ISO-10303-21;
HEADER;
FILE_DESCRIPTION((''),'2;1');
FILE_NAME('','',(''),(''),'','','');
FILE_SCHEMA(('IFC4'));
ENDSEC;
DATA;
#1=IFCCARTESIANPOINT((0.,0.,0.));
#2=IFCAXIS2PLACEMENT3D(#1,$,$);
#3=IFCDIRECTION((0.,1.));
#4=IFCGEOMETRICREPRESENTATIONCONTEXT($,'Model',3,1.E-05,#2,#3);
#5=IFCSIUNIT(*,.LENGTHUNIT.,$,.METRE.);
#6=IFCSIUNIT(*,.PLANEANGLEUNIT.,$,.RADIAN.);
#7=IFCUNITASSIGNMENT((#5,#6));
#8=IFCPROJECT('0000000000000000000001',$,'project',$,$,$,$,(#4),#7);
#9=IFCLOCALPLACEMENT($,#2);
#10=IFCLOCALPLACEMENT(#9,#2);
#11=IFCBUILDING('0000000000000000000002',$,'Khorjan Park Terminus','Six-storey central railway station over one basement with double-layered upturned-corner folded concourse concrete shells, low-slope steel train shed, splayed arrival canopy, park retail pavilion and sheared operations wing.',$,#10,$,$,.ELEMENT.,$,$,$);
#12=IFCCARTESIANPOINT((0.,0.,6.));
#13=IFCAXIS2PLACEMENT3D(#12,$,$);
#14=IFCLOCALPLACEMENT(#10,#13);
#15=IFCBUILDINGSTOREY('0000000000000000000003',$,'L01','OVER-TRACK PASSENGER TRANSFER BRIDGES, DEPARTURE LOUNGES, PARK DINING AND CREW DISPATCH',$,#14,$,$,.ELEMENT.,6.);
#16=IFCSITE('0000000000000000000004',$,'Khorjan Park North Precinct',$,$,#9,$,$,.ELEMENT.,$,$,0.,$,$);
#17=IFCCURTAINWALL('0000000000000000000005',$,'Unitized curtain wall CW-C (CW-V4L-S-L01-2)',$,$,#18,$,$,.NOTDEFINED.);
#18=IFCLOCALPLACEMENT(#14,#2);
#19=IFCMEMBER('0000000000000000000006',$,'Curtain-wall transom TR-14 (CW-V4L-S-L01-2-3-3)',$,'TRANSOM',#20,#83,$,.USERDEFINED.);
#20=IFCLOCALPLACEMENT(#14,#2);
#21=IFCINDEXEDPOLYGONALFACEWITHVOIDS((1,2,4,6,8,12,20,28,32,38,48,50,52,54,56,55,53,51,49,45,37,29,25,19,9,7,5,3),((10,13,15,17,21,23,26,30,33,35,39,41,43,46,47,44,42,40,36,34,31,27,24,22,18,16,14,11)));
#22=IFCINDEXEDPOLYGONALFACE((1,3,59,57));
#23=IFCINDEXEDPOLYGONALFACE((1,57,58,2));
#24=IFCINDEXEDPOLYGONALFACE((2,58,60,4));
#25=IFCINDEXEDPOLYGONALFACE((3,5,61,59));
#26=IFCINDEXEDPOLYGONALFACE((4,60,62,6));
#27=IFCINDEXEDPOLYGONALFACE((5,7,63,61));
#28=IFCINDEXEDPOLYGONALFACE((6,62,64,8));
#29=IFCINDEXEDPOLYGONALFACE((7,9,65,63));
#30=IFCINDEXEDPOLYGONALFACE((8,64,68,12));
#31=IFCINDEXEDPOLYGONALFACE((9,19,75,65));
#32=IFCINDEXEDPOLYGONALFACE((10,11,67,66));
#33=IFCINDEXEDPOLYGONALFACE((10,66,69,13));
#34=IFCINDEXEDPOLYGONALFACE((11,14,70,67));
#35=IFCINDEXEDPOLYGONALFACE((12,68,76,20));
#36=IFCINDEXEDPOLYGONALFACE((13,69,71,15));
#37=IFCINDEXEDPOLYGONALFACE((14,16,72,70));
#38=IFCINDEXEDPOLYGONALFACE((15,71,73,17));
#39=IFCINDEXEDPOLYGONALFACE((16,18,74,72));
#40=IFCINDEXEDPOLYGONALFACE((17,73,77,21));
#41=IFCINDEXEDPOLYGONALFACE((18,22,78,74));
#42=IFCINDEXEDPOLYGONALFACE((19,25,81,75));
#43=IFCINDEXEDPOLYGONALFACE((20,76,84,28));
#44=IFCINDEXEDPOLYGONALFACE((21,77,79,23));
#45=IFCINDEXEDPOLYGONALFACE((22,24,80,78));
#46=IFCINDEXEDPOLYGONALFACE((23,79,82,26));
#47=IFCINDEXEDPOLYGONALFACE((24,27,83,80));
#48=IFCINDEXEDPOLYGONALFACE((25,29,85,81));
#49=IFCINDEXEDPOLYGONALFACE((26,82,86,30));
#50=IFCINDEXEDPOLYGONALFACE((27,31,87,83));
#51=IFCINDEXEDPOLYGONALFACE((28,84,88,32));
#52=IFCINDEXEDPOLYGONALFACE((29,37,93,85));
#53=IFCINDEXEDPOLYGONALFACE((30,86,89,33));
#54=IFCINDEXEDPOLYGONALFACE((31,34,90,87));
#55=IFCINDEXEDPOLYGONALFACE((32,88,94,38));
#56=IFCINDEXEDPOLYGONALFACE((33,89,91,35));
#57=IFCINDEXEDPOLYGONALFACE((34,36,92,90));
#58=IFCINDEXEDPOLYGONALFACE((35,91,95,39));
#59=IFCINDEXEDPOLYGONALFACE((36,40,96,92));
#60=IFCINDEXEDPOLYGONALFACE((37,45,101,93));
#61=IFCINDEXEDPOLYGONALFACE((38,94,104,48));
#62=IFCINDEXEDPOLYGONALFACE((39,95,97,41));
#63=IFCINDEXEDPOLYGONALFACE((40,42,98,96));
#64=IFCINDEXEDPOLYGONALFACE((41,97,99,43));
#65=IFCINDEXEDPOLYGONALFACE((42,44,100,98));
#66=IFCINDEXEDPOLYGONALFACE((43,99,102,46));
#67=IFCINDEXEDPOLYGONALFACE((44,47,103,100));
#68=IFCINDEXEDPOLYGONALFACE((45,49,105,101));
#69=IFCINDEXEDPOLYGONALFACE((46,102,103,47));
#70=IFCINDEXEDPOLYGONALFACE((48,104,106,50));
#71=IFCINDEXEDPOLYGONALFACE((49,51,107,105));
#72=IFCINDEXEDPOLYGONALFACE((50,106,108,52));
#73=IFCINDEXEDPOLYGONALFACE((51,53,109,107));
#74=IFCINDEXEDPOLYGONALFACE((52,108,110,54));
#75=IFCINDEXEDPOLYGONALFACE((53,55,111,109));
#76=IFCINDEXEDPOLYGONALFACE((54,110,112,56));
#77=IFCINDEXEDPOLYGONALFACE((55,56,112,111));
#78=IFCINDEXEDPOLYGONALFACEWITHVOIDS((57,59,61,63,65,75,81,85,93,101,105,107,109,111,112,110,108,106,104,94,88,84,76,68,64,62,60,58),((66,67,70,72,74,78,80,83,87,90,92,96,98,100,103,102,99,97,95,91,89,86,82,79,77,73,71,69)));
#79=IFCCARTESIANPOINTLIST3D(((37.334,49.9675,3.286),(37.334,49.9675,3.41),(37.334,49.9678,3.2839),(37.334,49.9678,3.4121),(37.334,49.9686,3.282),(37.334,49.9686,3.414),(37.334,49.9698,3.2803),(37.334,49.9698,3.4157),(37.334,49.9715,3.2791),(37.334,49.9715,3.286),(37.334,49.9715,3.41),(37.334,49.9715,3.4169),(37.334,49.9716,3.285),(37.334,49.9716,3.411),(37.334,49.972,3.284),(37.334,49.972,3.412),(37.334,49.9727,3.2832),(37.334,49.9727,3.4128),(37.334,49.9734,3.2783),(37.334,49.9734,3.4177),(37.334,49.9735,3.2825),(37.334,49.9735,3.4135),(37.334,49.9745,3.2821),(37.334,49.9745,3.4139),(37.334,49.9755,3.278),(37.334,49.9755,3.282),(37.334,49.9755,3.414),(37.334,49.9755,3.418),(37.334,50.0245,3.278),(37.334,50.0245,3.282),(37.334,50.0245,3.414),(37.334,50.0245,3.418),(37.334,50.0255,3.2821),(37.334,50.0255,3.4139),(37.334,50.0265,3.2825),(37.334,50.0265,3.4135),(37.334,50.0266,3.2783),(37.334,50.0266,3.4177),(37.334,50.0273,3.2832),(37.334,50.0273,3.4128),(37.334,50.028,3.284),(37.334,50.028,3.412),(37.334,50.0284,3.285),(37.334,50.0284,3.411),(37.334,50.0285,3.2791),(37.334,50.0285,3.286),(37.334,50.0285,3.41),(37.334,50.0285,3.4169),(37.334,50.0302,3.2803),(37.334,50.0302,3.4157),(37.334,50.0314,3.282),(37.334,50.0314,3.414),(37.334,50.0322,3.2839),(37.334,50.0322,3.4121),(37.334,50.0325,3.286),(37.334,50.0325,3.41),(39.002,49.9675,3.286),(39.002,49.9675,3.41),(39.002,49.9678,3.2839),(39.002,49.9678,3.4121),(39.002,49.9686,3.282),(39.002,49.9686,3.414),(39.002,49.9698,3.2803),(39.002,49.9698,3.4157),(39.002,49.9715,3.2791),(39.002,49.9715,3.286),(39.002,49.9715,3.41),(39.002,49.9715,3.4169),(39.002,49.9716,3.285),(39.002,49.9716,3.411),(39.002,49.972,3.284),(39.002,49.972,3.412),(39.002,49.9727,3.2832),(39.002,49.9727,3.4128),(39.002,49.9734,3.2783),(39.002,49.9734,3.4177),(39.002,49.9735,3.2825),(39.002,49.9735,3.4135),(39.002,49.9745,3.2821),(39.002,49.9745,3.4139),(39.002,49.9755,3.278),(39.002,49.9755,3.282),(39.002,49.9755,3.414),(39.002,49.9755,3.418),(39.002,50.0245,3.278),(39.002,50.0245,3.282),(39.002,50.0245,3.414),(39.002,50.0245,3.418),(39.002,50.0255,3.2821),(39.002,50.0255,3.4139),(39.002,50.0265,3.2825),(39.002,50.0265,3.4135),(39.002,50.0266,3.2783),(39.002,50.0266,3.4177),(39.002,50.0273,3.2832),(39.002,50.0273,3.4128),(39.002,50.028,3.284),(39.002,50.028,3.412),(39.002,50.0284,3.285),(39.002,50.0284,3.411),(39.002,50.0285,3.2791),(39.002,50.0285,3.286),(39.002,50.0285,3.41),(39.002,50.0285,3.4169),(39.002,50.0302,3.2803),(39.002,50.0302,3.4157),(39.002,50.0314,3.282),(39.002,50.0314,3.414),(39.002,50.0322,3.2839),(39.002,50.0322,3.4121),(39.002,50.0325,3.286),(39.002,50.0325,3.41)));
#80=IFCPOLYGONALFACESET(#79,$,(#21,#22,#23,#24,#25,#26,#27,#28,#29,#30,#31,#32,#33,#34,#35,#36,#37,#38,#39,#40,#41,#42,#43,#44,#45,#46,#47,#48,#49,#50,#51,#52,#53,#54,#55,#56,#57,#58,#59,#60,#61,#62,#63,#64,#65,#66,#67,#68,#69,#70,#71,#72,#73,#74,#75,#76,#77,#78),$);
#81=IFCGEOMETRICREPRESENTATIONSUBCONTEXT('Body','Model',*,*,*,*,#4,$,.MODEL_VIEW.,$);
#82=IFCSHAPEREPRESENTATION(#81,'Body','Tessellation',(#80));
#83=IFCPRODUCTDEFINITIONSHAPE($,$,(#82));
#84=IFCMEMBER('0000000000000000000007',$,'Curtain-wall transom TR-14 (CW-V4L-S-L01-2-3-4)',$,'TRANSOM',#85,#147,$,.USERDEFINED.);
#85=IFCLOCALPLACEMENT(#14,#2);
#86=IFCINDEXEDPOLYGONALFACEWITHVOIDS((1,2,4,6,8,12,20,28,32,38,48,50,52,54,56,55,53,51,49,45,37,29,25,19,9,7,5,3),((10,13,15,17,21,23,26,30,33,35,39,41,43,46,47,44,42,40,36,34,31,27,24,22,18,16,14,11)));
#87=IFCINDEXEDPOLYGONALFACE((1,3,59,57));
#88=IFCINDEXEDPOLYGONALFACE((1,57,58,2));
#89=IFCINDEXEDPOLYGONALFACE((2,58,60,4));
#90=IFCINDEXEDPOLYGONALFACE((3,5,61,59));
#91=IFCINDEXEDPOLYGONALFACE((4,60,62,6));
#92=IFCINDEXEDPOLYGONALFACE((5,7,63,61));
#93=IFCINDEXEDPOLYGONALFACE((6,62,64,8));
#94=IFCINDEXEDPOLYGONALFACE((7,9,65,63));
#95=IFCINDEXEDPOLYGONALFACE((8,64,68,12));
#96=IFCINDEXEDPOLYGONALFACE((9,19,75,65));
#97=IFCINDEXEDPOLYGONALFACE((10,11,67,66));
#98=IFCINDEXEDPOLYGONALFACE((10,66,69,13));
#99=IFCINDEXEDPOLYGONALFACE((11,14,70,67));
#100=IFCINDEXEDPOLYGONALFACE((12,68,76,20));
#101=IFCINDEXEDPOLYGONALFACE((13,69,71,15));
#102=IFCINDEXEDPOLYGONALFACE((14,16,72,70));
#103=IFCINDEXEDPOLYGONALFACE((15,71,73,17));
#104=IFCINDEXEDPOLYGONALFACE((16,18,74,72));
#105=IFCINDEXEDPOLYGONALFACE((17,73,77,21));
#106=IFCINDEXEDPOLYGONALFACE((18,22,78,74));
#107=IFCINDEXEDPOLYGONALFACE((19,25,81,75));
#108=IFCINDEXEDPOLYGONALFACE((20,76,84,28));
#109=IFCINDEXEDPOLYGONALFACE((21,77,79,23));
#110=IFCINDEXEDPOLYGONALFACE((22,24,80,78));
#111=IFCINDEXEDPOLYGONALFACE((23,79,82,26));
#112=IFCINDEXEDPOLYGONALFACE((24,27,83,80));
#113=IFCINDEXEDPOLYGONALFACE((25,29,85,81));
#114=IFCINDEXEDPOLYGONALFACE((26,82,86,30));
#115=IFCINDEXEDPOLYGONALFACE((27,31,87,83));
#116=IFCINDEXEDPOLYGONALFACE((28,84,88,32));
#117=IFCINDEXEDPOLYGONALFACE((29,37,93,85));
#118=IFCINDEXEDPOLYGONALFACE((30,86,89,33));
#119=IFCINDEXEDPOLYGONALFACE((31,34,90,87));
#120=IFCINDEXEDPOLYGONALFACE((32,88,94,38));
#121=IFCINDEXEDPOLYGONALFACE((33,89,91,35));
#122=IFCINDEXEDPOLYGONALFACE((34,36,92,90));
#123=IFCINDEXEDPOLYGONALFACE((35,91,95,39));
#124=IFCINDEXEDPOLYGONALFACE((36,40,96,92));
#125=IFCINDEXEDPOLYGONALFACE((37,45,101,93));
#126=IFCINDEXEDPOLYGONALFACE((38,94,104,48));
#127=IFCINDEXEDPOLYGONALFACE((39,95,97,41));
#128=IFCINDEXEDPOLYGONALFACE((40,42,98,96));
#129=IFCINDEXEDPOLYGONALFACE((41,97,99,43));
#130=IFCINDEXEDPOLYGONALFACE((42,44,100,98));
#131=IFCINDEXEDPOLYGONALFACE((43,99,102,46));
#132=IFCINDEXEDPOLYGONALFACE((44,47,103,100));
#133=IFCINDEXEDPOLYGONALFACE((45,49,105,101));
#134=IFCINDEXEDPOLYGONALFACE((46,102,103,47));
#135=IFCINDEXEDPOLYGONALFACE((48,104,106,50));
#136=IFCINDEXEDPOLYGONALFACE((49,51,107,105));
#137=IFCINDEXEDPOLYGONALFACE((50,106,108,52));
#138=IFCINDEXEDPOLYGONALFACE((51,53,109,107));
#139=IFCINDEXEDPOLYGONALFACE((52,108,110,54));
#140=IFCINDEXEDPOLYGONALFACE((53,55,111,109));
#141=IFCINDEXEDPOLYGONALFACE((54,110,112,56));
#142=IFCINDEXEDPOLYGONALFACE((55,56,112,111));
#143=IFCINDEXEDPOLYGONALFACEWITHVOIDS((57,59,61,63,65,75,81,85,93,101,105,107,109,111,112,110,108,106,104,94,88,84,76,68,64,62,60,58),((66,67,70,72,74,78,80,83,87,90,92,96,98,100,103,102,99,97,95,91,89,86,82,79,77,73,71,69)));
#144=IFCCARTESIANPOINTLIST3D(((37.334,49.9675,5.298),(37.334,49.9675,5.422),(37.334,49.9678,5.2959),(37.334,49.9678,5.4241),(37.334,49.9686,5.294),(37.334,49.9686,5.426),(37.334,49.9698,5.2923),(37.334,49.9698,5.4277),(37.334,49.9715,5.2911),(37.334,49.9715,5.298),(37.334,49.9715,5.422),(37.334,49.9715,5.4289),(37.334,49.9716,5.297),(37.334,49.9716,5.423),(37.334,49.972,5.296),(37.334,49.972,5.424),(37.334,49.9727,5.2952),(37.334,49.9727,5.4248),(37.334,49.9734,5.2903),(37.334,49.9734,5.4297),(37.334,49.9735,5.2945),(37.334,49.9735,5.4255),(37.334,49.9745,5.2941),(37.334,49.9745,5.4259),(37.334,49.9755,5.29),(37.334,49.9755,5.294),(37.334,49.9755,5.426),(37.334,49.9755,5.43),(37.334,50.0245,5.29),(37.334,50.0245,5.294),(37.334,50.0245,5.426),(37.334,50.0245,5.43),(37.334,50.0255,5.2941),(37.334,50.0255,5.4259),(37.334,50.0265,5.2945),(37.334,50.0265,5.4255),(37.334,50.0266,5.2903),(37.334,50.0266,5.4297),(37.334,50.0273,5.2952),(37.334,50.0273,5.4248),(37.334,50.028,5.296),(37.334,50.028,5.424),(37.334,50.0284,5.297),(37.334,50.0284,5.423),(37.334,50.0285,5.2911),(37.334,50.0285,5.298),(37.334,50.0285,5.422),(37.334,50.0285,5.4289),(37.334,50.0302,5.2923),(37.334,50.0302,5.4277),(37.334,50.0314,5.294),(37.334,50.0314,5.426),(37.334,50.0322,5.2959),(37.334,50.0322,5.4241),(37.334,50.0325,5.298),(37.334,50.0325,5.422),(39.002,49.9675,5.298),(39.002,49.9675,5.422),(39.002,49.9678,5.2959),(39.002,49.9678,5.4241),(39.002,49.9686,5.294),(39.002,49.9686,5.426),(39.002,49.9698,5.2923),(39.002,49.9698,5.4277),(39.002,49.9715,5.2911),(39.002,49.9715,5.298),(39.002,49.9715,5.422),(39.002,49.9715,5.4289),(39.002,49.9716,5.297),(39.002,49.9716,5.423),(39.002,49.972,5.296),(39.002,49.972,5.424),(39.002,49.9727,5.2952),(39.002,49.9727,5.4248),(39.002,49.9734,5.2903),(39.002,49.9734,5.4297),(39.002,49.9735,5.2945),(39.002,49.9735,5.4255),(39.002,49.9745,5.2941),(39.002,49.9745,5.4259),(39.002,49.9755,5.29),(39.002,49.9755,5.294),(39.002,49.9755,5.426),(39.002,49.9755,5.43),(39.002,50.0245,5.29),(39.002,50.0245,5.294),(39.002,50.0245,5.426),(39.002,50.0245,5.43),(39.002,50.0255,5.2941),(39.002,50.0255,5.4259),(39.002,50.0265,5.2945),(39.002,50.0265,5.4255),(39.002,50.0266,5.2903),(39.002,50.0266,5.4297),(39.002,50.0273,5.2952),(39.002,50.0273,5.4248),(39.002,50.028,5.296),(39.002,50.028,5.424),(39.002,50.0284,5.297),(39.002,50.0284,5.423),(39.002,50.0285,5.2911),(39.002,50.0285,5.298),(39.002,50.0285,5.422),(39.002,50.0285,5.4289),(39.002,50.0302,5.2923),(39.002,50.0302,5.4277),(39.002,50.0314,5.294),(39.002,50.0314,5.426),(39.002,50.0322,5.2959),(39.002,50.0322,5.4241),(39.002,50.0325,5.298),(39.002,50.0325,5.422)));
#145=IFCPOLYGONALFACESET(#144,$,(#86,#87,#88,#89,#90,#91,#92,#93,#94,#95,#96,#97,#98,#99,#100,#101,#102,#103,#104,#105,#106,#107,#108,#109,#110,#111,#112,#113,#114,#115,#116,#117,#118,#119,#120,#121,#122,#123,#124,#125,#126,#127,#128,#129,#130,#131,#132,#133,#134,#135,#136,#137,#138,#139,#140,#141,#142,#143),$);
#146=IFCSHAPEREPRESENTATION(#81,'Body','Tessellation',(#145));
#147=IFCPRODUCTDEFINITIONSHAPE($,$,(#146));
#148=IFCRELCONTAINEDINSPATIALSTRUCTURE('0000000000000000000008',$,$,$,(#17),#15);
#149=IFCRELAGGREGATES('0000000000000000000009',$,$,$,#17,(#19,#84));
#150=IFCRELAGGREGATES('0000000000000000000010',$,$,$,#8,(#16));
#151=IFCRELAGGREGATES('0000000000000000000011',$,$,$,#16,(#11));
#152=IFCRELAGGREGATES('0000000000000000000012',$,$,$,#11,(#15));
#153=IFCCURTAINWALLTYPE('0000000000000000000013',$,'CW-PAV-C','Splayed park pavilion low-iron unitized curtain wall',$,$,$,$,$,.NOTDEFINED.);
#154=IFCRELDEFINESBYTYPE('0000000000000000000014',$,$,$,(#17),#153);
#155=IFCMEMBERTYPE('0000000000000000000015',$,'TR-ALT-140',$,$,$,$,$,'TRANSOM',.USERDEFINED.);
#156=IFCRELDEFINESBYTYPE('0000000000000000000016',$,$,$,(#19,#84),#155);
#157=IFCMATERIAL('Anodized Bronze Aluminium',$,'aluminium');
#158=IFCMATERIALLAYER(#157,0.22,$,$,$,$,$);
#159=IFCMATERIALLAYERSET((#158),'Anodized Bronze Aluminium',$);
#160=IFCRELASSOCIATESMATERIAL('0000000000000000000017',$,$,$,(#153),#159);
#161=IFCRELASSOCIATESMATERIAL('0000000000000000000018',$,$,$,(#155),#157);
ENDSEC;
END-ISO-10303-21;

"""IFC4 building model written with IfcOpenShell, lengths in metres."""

from ifc_helpers import new_model, si_unit, direction, frame, origin, origin_2d, place, context, subcontext, project, spatial, hollow_rectangle, extrude, material, layer, layer_set, material_profile, profile_set, type_object, element, aggregate, save


model = new_model("IFC4")

# Units and contexts
model_context = context("Model", 3, precision=1e-05, world=origin(), true_north=direction((0.0, 1.0)))
body_context = subcontext(model_context, "Body", "Model", "MODEL_VIEW")
ifc_project = project(units=[si_unit("LENGTHUNIT", "METRE"), si_unit("PLANEANGLEUNIT", "RADIAN")], contexts=[model_context])

# Site, building, storey
site_placement = place(None, origin())
site = spatial("IfcSite", under=ifc_project, at=site_placement, Name="Khorjan Park North Precinct", CompositionType="ELEMENT", RefElevation=0.0)
building_placement = place(site_placement, origin())
building = spatial("IfcBuilding", under=site, at=building_placement, Name="Khorjan Park Terminus", Description="Six-storey central railway station over one basement with double-layered upturned-corner folded concourse concrete shells, low-slope steel train shed, splayed arrival canopy, park retail pavilion and sheared operations wing.", CompositionType="ELEMENT")
storey_placement = place(building_placement, frame((0.0, 0.0, 6.0)))
storey = spatial("IfcBuildingStorey", under=building, at=storey_placement, Name="L01", Description="OVER-TRACK PASSENGER TRANSFER BRIDGES, DEPARTURE LOUNGES, PARK DINING AND CREW DISPATCH", CompositionType="ELEMENT", Elevation=6.0)

# Curtain wall, members
ifc_material_1 = material(Name="Anodized Bronze Aluminium", Category="aluminium")
ifc_layer_1 = layer(ifc_material_1, 0.22)
ifc_layer_set_1 = layer_set([ifc_layer_1], Name="Anodized Bronze Aluminium")
curtain_wall_type = type_object("IfcCurtainWallType", Name="CW-PAV-C", Description="Splayed park pavilion low-iron unitized curtain wall", PredefinedType="NOTDEFINED", material=ifc_layer_set_1)
curtain_wall_placement = place(storey_placement, origin())
curtain_wall = element("IfcCurtainWall", 1, at=curtain_wall_placement, inside=storey, type_object=curtain_wall_type, Name="Unitized curtain wall CW-C (CW-V4L-S-L01-2)", PredefinedType="NOTDEFINED")
ifc_material_profile_1 = material_profile(ifc_material_1, hollow_rectangle(XDim=0.065, YDim=0.14, WallThickness=0.004, InnerFilletRadius=0.004, OuterFilletRadius=0.008, at=origin_2d()), Name="ALT 65x140x4")
ifc_profile_set_1 = profile_set([ifc_material_profile_1], Name="Anodized Bronze Aluminium")
member_type_1 = type_object("IfcMemberType", Name="TR-ALT-140", ElementType="TRANSOM", PredefinedType="USERDEFINED", material=ifc_profile_set_1)
member_1_placement = place(storey_placement, frame((37.334, 50.0, 3.348), z_axis=(1.0, 0.0, 0.0), x_axis=(0.0, 1.0, 0.0)))
member_1 = element("IfcMember", 2, at=member_1_placement, type_object=member_type_1, Name="Curtain-wall transom TR-14 (CW-V4L-S-L01-2-3-3)", ObjectType="TRANSOM", PredefinedType="USERDEFINED", context=body_context, shape_type="SweptSolid", body=[
    extrude(hollow_rectangle(XDim=0.065, YDim=0.14, WallThickness=0.004, InnerFilletRadius=0.004, OuterFilletRadius=0.008, at=origin_2d()), origin(), (0.0, 0.0, 1.0), 1.668),
])
member_2_placement = place(storey_placement, frame((37.334, 50.0, 5.36), z_axis=(1.0, 0.0, 0.0), x_axis=(0.0, 1.0, 0.0)))
member_2 = element("IfcMember", 3, at=member_2_placement, type_object=member_type_1, Name="Curtain-wall transom TR-14 (CW-V4L-S-L01-2-3-4)", ObjectType="TRANSOM", PredefinedType="USERDEFINED", context=body_context, shape_type="SweptSolid", body=[
    extrude(hollow_rectangle(XDim=0.065, YDim=0.14, WallThickness=0.004, InnerFilletRadius=0.004, OuterFilletRadius=0.008, at=origin_2d()), origin(), (0.0, 0.0, 1.0), 1.668),
])
aggregate(curtain_wall, [member_1, member_2])

save(model, "model.ifc")
